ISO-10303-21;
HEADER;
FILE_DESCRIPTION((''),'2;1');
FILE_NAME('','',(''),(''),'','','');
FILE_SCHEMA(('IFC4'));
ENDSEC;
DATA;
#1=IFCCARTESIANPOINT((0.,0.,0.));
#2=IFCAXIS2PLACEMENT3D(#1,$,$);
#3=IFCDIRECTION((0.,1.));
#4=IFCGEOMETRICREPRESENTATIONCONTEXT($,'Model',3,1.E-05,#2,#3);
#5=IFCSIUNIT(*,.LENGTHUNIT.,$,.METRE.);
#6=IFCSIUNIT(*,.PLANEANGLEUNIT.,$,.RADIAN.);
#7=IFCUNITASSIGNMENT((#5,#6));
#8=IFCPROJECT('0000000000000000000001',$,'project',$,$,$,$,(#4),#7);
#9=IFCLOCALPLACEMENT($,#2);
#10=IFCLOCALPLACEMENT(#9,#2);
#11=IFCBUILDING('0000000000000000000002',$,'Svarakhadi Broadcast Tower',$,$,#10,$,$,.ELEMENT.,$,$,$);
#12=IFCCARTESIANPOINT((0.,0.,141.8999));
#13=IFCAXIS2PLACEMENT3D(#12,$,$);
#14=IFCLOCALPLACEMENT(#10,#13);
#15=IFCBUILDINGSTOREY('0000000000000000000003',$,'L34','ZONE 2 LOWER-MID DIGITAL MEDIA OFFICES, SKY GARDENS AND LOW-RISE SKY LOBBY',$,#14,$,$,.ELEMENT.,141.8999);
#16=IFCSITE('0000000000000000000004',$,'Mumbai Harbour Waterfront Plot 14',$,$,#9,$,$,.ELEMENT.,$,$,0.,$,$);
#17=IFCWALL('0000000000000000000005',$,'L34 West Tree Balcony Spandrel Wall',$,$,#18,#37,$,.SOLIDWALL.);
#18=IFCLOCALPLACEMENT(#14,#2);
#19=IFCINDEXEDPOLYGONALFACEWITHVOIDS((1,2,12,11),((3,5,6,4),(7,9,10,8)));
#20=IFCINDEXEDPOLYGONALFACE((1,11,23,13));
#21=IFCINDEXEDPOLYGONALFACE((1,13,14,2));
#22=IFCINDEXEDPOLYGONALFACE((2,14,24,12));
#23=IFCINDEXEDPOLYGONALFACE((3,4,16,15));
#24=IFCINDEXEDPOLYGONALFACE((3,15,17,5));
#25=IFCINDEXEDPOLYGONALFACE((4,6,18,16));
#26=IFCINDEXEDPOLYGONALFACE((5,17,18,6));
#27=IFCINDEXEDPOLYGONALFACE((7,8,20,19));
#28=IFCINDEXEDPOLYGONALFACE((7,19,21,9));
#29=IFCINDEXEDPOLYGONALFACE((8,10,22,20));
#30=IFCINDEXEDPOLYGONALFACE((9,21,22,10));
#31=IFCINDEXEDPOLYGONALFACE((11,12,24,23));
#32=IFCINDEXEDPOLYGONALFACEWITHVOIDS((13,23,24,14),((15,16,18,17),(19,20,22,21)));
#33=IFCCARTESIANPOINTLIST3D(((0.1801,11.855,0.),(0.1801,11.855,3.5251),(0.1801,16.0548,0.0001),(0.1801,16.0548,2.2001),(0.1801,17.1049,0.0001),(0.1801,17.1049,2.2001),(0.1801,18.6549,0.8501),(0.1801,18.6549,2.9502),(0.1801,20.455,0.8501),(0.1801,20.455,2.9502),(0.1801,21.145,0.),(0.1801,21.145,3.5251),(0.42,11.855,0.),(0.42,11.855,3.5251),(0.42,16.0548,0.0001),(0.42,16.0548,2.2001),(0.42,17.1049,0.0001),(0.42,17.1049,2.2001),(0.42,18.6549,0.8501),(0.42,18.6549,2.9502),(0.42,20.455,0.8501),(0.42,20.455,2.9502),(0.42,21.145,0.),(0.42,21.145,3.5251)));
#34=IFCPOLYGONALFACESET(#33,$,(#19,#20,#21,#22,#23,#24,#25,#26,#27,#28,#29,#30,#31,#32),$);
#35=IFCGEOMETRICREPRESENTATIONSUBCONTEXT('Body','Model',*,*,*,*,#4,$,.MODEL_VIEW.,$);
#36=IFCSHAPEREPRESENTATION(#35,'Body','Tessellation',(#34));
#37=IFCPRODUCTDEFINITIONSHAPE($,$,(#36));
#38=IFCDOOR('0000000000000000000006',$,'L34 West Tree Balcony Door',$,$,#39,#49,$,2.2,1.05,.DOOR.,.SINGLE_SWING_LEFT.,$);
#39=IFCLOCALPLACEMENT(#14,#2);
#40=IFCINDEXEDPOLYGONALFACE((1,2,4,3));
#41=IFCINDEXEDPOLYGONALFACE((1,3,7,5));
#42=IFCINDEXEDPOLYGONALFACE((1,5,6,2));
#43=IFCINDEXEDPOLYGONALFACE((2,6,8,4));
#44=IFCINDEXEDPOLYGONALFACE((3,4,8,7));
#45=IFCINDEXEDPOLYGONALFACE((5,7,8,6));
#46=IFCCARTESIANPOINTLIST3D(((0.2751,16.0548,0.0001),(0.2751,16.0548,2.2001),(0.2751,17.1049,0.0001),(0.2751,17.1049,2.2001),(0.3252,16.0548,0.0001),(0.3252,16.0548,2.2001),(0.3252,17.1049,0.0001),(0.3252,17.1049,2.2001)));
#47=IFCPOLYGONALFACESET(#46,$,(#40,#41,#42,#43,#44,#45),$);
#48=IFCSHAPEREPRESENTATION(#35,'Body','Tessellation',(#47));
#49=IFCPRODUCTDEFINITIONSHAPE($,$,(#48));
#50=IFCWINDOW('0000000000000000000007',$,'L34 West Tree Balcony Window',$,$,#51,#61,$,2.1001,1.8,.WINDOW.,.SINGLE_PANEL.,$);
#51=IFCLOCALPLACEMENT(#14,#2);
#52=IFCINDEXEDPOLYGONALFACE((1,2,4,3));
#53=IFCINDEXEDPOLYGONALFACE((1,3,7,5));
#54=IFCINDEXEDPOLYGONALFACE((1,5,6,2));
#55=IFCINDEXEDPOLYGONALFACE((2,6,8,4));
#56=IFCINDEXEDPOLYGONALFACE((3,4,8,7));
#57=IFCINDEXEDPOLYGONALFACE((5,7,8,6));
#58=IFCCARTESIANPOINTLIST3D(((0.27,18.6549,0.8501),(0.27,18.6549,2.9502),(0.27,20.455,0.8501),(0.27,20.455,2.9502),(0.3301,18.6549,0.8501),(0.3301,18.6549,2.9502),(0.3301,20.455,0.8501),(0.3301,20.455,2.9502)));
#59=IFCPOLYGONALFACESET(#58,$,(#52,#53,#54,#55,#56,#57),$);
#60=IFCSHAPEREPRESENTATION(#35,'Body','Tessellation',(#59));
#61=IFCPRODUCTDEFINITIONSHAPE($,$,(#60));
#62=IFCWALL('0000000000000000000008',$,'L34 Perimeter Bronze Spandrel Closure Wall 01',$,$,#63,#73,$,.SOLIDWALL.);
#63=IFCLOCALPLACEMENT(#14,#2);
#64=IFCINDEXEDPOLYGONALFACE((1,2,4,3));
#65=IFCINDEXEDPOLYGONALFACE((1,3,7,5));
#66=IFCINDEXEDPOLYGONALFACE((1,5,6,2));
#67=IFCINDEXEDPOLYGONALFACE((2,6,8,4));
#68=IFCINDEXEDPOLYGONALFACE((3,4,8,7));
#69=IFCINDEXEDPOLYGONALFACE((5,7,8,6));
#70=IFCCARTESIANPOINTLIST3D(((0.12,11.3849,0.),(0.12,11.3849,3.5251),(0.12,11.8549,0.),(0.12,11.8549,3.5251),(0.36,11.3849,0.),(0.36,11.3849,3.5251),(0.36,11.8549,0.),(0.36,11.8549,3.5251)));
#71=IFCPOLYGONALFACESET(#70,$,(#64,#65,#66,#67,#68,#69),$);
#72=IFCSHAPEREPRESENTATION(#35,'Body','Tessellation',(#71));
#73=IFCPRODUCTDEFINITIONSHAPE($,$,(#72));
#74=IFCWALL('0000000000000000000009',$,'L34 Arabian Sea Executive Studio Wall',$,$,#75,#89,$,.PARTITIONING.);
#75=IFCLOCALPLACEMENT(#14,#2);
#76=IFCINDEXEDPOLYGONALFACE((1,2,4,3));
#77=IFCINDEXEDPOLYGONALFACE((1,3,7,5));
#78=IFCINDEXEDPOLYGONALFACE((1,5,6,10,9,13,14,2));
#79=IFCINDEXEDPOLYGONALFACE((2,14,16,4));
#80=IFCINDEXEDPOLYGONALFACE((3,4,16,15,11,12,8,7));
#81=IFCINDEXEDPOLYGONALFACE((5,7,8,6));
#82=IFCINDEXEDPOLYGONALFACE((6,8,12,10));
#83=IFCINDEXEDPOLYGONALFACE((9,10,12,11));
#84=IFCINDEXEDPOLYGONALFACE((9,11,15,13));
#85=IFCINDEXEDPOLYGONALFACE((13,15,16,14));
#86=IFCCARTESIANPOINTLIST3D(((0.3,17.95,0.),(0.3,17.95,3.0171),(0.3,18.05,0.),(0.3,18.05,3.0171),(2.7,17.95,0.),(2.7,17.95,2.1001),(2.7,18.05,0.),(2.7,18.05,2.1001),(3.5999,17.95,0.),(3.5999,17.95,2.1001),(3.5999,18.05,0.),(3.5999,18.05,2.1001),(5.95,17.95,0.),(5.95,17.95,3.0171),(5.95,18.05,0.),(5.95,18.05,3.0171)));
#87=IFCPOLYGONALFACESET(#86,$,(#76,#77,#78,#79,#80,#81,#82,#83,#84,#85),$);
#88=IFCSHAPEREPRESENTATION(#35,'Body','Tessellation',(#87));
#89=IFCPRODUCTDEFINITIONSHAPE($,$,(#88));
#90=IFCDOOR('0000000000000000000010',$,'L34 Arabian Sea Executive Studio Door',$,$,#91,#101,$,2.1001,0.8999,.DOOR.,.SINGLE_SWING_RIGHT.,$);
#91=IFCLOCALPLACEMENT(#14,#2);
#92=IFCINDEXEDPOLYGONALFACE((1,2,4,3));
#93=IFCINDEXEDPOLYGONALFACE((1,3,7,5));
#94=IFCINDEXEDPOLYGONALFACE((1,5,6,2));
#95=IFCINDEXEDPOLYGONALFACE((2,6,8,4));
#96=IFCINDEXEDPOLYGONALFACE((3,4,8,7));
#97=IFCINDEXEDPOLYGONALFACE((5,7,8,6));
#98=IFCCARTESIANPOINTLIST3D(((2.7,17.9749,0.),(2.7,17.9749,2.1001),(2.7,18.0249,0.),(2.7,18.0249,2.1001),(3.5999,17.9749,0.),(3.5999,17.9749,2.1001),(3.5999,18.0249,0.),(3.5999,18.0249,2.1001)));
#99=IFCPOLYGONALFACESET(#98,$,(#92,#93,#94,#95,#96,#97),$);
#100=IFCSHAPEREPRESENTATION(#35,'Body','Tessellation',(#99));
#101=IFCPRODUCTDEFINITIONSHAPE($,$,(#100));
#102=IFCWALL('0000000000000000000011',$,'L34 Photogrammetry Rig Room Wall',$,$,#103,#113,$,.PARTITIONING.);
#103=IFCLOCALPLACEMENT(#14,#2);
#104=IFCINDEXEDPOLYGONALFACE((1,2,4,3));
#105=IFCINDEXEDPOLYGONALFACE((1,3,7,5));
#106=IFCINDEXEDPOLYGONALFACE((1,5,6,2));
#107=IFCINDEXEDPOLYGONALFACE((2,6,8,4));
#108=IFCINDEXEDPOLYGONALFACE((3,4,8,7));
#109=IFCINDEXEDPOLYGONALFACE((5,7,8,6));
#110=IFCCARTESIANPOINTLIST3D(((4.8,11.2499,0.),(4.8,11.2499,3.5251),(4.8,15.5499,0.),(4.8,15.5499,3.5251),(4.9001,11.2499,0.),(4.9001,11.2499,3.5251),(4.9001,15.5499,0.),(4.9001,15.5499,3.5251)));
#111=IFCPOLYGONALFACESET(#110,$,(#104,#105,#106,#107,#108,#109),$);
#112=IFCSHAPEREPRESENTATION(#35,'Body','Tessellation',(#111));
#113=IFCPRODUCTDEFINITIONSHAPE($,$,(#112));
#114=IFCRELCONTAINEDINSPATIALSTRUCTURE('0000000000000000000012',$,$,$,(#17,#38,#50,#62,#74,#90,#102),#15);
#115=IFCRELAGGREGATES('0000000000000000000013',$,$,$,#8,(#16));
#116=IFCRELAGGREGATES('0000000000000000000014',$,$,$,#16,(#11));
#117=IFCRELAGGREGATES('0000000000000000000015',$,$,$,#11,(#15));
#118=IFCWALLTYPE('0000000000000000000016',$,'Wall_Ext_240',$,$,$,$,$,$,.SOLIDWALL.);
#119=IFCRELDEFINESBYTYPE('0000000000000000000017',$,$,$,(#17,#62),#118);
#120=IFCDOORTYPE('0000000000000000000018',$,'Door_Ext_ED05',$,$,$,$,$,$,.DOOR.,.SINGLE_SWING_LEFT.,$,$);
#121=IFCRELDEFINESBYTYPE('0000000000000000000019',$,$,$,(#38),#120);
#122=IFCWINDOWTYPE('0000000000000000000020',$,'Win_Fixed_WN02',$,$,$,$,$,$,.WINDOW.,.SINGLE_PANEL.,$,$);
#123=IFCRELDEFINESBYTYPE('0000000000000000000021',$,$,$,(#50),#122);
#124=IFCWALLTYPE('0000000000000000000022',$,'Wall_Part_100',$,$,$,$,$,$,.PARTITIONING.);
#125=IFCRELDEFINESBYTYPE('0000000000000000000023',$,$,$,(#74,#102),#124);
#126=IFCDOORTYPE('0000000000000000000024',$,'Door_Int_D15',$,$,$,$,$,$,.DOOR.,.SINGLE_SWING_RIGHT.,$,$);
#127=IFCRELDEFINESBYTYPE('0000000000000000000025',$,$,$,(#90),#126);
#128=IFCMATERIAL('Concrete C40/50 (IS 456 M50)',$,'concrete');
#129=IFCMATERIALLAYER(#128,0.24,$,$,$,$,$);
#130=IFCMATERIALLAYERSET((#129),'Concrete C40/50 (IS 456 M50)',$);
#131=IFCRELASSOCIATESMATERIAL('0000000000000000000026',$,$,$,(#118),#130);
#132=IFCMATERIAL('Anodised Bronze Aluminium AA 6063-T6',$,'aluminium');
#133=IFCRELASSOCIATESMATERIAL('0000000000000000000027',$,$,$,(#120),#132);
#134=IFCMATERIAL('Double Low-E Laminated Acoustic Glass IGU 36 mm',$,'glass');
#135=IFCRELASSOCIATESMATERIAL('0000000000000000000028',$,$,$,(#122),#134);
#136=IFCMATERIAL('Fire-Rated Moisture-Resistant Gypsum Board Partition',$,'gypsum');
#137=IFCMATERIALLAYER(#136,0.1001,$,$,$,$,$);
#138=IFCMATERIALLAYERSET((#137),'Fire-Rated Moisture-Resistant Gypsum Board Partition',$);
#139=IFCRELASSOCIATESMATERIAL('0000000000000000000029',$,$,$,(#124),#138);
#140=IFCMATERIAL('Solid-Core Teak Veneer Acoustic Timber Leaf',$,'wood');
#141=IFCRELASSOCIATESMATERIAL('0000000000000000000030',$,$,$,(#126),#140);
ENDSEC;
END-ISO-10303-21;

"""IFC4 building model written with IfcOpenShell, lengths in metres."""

from ifc_helpers import new_model, si_unit, direction, frame, frame_2d, origin, place, context, subcontext, project, spatial, rectangle, extrude, material, layer, layer_set, type_object, element, fill, save


model = new_model("IFC4")

# Units and contexts
model_context = context("Model", 3, precision=1e-05, world=origin(), true_north=direction((0.0, 1.0)))
body_context = subcontext(model_context, "Body", "Model", "MODEL_VIEW")
ifc_project = project(units=[si_unit("LENGTHUNIT", "METRE"), si_unit("PLANEANGLEUNIT", "RADIAN")], contexts=[model_context])

# Site, building, storey
site_placement = place(None, origin())
site = spatial("IfcSite", under=ifc_project, at=site_placement, Name="Mumbai Harbour Waterfront Plot 14", CompositionType="ELEMENT", RefElevation=0.0)
building_placement = place(site_placement, origin())
building = spatial("IfcBuilding", under=site, at=building_placement, Name="Svarakhadi Broadcast Tower", CompositionType="ELEMENT")
storey_placement = place(building_placement, frame((0.0, 0.0, 141.8999)))
storey = spatial("IfcBuildingStorey", under=building, at=storey_placement, Name="L34", Description="ZONE 2 LOWER-MID DIGITAL MEDIA OFFICES, SKY GARDENS AND LOW-RISE SKY LOBBY", CompositionType="ELEMENT", Elevation=141.8999)

# Shared definitions
ifc_material_1 = material(Name="Anodised Bronze Aluminium AA 6063-T6", Category="aluminium")

# Shared definitions
ifc_material_2 = material(Name="Double Low-E Laminated Acoustic Glass IGU 36 mm", Category="glass")

# Wall, openings, door, window
ifc_material_3 = material(Name="Concrete C40/50 (IS 456 M50)", Category="concrete")
ifc_layer_1 = layer(ifc_material_3, 0.24)
ifc_layer_set_1 = layer_set([ifc_layer_1], Name="Concrete C40/50 (IS 456 M50)")
wall_type_1 = type_object("IfcWallType", Name="Wall_Ext_240", PredefinedType="SOLIDWALL", material=ifc_layer_set_1)
wall_1_placement = place(storey_placement, frame((0.3, 11.855, 0.0), z_axis=(0.0, 0.0, 1.0), x_axis=(0.0, 1.0, 0.0)))
wall_1 = element("IfcWall", 1, at=wall_1_placement, inside=storey, type_object=wall_type_1, Name="L34 West Tree Balcony Spandrel Wall", PredefinedType="SOLIDWALL", context=body_context, shape_type="SweptSolid", body=[
    extrude(rectangle(XDim=9.29, YDim=0.24, at=frame_2d((4.645, 0.0))), origin(), (0.0, 0.0, 1.0), 3.5251),
])
opening_1_placement = place(wall_1_placement, frame((4.2, 0.0, 0.0)))
opening_1 = element("IfcOpeningElement", 2, at=opening_1_placement, cuts=wall_1, PredefinedType="OPENING", context=body_context, shape_type="SweptSolid", body=[
    extrude(rectangle(XDim=1.05, YDim=2.2, at=frame_2d((0.5249, 1.1001))), frame((0.0, 0.1299, 0.0), z_axis=(0.0, -1.0, 0.0), x_axis=(1.0, 0.0, 0.0)), (0.0, 0.0, 1.0), 0.26),
])
opening_2_placement = place(wall_1_placement, frame((6.8, 0.0, 0.8501)))
opening_2 = element("IfcOpeningElement", 3, at=opening_2_placement, cuts=wall_1, PredefinedType="OPENING", context=body_context, shape_type="SweptSolid", body=[
    extrude(rectangle(XDim=1.8, YDim=2.1001, at=frame_2d((0.8999, 1.05))), frame((0.0, 0.1299, 0.0), z_axis=(0.0, -1.0, 0.0), x_axis=(1.0, 0.0, 0.0)), (0.0, 0.0, 1.0), 0.26),
])
door_type_1 = type_object("IfcDoorType", Name="Door_Ext_ED05", OperationType="SINGLE_SWING_LEFT", PredefinedType="DOOR", material=ifc_material_1)
door_1_placement = place(opening_1_placement, origin())
door_1 = element("IfcDoor", 4, at=door_1_placement, inside=storey, type_object=door_type_1, Name="L34 West Tree Balcony Door", OperationType="SINGLE_SWING_LEFT", OverallHeight=2.2, OverallWidth=1.05, PredefinedType="DOOR", context=body_context, shape_type="SweptSolid", body=[
    extrude(rectangle(XDim=1.05, YDim=2.2, at=frame_2d((0.5249, 1.1001))), frame((0.0, 0.0249, 0.0), z_axis=(0.0, -1.0, 0.0), x_axis=(1.0, 0.0, 0.0)), (0.0, 0.0, 1.0), 0.05),
])
fill(opening_1, door_1)
window_type = type_object("IfcWindowType", Name="Win_Fixed_WN02", PartitioningType="SINGLE_PANEL", PredefinedType="WINDOW", material=ifc_material_2)
window_placement = place(opening_2_placement, origin())
window = element("IfcWindow", 5, at=window_placement, inside=storey, type_object=window_type, Name="L34 West Tree Balcony Window", OverallHeight=2.1001, OverallWidth=1.8, PartitioningType="SINGLE_PANEL", PredefinedType="WINDOW", context=body_context, shape_type="SweptSolid", body=[
    extrude(rectangle(XDim=1.8, YDim=2.1001, at=frame_2d((0.8999, 1.05))), frame((0.0, 0.03, 0.0), z_axis=(0.0, -1.0, 0.0), x_axis=(1.0, 0.0, 0.0)), (0.0, 0.0, 1.0), 0.0601),
])
fill(opening_2, window)

# Wall
wall_2_placement = place(storey_placement, frame((0.24, 11.385, 0.0), z_axis=(0.0, 0.0, 1.0), x_axis=(0.0, 1.0, 0.0)))
element("IfcWall", 6, at=wall_2_placement, inside=storey, type_object=wall_type_1, Name="L34 Perimeter Bronze Spandrel Closure Wall 01", PredefinedType="SOLIDWALL", context=body_context, shape_type="SweptSolid", body=[
    extrude(rectangle(XDim=0.47, YDim=0.24, at=frame_2d((0.2349, 0.0))), origin(), (0.0, 0.0, 1.0), 3.5251),
])

# Wall, opening, door
ifc_material_4 = material(Name="Fire-Rated Moisture-Resistant Gypsum Board Partition", Category="gypsum")
ifc_layer_2 = layer(ifc_material_4, 0.1001)
ifc_layer_set_2 = layer_set([ifc_layer_2], Name="Fire-Rated Moisture-Resistant Gypsum Board Partition")
wall_type_2 = type_object("IfcWallType", Name="Wall_Part_100", PredefinedType="PARTITIONING", material=ifc_layer_set_2)
wall_3_placement = place(storey_placement, frame((0.3, 18.0, 0.0), z_axis=(0.0, 0.0, 1.0), x_axis=(1.0, 0.0, 0.0)))
wall_3 = element("IfcWall", 7, at=wall_3_placement, inside=storey, type_object=wall_type_2, Name="L34 Arabian Sea Executive Studio Wall", PredefinedType="PARTITIONING", context=body_context, shape_type="SweptSolid", body=[
    extrude(rectangle(XDim=5.6499, YDim=0.1001, at=frame_2d((2.825, 0.0))), origin(), (0.0, 0.0, 1.0), 3.0171),
])
opening_3_placement = place(wall_3_placement, frame((2.3999, 0.0, 0.0)))
opening_3 = element("IfcOpeningElement", 8, at=opening_3_placement, cuts=wall_3, PredefinedType="OPENING", context=body_context, shape_type="SweptSolid", body=[
    extrude(rectangle(XDim=0.8999, YDim=2.1001, at=frame_2d((0.45, 1.05))), frame((0.0, 0.0601, 0.0), z_axis=(0.0, -1.0, 0.0), x_axis=(1.0, 0.0, 0.0)), (0.0, 0.0, 1.0), 0.1201),
])
ifc_material_5 = material(Name="Solid-Core Teak Veneer Acoustic Timber Leaf", Category="wood")
door_type_2 = type_object("IfcDoorType", Name="Door_Int_D15", OperationType="SINGLE_SWING_RIGHT", PredefinedType="DOOR", material=ifc_material_5)
door_2_placement = place(opening_3_placement, origin())
door_2 = element("IfcDoor", 9, at=door_2_placement, inside=storey, type_object=door_type_2, Name="L34 Arabian Sea Executive Studio Door", OperationType="SINGLE_SWING_RIGHT", OverallHeight=2.1001, OverallWidth=0.8999, PredefinedType="DOOR", context=body_context, shape_type="SweptSolid", body=[
    extrude(rectangle(XDim=0.8999, YDim=2.1001, at=frame_2d((0.45, 1.05))), frame((0.0, 0.0249, 0.0), z_axis=(0.0, -1.0, 0.0), x_axis=(1.0, 0.0, 0.0)), (0.0, 0.0, 1.0), 0.05),
])
fill(opening_3, door_2)

# Wall
wall_4_placement = place(storey_placement, frame((4.8501, 11.25, 0.0), z_axis=(0.0, 0.0, 1.0), x_axis=(0.0, 1.0, 0.0)))
element("IfcWall", 10, at=wall_4_placement, inside=storey, type_object=wall_type_2, Name="L34 Photogrammetry Rig Room Wall", PredefinedType="PARTITIONING", context=body_context, shape_type="SweptSolid", body=[
    extrude(rectangle(XDim=4.3, YDim=0.1001, at=frame_2d((2.1499, 0.0))), origin(), (0.0, 0.0, 1.0), 3.5251),
])

save(model, "model.ifc")
